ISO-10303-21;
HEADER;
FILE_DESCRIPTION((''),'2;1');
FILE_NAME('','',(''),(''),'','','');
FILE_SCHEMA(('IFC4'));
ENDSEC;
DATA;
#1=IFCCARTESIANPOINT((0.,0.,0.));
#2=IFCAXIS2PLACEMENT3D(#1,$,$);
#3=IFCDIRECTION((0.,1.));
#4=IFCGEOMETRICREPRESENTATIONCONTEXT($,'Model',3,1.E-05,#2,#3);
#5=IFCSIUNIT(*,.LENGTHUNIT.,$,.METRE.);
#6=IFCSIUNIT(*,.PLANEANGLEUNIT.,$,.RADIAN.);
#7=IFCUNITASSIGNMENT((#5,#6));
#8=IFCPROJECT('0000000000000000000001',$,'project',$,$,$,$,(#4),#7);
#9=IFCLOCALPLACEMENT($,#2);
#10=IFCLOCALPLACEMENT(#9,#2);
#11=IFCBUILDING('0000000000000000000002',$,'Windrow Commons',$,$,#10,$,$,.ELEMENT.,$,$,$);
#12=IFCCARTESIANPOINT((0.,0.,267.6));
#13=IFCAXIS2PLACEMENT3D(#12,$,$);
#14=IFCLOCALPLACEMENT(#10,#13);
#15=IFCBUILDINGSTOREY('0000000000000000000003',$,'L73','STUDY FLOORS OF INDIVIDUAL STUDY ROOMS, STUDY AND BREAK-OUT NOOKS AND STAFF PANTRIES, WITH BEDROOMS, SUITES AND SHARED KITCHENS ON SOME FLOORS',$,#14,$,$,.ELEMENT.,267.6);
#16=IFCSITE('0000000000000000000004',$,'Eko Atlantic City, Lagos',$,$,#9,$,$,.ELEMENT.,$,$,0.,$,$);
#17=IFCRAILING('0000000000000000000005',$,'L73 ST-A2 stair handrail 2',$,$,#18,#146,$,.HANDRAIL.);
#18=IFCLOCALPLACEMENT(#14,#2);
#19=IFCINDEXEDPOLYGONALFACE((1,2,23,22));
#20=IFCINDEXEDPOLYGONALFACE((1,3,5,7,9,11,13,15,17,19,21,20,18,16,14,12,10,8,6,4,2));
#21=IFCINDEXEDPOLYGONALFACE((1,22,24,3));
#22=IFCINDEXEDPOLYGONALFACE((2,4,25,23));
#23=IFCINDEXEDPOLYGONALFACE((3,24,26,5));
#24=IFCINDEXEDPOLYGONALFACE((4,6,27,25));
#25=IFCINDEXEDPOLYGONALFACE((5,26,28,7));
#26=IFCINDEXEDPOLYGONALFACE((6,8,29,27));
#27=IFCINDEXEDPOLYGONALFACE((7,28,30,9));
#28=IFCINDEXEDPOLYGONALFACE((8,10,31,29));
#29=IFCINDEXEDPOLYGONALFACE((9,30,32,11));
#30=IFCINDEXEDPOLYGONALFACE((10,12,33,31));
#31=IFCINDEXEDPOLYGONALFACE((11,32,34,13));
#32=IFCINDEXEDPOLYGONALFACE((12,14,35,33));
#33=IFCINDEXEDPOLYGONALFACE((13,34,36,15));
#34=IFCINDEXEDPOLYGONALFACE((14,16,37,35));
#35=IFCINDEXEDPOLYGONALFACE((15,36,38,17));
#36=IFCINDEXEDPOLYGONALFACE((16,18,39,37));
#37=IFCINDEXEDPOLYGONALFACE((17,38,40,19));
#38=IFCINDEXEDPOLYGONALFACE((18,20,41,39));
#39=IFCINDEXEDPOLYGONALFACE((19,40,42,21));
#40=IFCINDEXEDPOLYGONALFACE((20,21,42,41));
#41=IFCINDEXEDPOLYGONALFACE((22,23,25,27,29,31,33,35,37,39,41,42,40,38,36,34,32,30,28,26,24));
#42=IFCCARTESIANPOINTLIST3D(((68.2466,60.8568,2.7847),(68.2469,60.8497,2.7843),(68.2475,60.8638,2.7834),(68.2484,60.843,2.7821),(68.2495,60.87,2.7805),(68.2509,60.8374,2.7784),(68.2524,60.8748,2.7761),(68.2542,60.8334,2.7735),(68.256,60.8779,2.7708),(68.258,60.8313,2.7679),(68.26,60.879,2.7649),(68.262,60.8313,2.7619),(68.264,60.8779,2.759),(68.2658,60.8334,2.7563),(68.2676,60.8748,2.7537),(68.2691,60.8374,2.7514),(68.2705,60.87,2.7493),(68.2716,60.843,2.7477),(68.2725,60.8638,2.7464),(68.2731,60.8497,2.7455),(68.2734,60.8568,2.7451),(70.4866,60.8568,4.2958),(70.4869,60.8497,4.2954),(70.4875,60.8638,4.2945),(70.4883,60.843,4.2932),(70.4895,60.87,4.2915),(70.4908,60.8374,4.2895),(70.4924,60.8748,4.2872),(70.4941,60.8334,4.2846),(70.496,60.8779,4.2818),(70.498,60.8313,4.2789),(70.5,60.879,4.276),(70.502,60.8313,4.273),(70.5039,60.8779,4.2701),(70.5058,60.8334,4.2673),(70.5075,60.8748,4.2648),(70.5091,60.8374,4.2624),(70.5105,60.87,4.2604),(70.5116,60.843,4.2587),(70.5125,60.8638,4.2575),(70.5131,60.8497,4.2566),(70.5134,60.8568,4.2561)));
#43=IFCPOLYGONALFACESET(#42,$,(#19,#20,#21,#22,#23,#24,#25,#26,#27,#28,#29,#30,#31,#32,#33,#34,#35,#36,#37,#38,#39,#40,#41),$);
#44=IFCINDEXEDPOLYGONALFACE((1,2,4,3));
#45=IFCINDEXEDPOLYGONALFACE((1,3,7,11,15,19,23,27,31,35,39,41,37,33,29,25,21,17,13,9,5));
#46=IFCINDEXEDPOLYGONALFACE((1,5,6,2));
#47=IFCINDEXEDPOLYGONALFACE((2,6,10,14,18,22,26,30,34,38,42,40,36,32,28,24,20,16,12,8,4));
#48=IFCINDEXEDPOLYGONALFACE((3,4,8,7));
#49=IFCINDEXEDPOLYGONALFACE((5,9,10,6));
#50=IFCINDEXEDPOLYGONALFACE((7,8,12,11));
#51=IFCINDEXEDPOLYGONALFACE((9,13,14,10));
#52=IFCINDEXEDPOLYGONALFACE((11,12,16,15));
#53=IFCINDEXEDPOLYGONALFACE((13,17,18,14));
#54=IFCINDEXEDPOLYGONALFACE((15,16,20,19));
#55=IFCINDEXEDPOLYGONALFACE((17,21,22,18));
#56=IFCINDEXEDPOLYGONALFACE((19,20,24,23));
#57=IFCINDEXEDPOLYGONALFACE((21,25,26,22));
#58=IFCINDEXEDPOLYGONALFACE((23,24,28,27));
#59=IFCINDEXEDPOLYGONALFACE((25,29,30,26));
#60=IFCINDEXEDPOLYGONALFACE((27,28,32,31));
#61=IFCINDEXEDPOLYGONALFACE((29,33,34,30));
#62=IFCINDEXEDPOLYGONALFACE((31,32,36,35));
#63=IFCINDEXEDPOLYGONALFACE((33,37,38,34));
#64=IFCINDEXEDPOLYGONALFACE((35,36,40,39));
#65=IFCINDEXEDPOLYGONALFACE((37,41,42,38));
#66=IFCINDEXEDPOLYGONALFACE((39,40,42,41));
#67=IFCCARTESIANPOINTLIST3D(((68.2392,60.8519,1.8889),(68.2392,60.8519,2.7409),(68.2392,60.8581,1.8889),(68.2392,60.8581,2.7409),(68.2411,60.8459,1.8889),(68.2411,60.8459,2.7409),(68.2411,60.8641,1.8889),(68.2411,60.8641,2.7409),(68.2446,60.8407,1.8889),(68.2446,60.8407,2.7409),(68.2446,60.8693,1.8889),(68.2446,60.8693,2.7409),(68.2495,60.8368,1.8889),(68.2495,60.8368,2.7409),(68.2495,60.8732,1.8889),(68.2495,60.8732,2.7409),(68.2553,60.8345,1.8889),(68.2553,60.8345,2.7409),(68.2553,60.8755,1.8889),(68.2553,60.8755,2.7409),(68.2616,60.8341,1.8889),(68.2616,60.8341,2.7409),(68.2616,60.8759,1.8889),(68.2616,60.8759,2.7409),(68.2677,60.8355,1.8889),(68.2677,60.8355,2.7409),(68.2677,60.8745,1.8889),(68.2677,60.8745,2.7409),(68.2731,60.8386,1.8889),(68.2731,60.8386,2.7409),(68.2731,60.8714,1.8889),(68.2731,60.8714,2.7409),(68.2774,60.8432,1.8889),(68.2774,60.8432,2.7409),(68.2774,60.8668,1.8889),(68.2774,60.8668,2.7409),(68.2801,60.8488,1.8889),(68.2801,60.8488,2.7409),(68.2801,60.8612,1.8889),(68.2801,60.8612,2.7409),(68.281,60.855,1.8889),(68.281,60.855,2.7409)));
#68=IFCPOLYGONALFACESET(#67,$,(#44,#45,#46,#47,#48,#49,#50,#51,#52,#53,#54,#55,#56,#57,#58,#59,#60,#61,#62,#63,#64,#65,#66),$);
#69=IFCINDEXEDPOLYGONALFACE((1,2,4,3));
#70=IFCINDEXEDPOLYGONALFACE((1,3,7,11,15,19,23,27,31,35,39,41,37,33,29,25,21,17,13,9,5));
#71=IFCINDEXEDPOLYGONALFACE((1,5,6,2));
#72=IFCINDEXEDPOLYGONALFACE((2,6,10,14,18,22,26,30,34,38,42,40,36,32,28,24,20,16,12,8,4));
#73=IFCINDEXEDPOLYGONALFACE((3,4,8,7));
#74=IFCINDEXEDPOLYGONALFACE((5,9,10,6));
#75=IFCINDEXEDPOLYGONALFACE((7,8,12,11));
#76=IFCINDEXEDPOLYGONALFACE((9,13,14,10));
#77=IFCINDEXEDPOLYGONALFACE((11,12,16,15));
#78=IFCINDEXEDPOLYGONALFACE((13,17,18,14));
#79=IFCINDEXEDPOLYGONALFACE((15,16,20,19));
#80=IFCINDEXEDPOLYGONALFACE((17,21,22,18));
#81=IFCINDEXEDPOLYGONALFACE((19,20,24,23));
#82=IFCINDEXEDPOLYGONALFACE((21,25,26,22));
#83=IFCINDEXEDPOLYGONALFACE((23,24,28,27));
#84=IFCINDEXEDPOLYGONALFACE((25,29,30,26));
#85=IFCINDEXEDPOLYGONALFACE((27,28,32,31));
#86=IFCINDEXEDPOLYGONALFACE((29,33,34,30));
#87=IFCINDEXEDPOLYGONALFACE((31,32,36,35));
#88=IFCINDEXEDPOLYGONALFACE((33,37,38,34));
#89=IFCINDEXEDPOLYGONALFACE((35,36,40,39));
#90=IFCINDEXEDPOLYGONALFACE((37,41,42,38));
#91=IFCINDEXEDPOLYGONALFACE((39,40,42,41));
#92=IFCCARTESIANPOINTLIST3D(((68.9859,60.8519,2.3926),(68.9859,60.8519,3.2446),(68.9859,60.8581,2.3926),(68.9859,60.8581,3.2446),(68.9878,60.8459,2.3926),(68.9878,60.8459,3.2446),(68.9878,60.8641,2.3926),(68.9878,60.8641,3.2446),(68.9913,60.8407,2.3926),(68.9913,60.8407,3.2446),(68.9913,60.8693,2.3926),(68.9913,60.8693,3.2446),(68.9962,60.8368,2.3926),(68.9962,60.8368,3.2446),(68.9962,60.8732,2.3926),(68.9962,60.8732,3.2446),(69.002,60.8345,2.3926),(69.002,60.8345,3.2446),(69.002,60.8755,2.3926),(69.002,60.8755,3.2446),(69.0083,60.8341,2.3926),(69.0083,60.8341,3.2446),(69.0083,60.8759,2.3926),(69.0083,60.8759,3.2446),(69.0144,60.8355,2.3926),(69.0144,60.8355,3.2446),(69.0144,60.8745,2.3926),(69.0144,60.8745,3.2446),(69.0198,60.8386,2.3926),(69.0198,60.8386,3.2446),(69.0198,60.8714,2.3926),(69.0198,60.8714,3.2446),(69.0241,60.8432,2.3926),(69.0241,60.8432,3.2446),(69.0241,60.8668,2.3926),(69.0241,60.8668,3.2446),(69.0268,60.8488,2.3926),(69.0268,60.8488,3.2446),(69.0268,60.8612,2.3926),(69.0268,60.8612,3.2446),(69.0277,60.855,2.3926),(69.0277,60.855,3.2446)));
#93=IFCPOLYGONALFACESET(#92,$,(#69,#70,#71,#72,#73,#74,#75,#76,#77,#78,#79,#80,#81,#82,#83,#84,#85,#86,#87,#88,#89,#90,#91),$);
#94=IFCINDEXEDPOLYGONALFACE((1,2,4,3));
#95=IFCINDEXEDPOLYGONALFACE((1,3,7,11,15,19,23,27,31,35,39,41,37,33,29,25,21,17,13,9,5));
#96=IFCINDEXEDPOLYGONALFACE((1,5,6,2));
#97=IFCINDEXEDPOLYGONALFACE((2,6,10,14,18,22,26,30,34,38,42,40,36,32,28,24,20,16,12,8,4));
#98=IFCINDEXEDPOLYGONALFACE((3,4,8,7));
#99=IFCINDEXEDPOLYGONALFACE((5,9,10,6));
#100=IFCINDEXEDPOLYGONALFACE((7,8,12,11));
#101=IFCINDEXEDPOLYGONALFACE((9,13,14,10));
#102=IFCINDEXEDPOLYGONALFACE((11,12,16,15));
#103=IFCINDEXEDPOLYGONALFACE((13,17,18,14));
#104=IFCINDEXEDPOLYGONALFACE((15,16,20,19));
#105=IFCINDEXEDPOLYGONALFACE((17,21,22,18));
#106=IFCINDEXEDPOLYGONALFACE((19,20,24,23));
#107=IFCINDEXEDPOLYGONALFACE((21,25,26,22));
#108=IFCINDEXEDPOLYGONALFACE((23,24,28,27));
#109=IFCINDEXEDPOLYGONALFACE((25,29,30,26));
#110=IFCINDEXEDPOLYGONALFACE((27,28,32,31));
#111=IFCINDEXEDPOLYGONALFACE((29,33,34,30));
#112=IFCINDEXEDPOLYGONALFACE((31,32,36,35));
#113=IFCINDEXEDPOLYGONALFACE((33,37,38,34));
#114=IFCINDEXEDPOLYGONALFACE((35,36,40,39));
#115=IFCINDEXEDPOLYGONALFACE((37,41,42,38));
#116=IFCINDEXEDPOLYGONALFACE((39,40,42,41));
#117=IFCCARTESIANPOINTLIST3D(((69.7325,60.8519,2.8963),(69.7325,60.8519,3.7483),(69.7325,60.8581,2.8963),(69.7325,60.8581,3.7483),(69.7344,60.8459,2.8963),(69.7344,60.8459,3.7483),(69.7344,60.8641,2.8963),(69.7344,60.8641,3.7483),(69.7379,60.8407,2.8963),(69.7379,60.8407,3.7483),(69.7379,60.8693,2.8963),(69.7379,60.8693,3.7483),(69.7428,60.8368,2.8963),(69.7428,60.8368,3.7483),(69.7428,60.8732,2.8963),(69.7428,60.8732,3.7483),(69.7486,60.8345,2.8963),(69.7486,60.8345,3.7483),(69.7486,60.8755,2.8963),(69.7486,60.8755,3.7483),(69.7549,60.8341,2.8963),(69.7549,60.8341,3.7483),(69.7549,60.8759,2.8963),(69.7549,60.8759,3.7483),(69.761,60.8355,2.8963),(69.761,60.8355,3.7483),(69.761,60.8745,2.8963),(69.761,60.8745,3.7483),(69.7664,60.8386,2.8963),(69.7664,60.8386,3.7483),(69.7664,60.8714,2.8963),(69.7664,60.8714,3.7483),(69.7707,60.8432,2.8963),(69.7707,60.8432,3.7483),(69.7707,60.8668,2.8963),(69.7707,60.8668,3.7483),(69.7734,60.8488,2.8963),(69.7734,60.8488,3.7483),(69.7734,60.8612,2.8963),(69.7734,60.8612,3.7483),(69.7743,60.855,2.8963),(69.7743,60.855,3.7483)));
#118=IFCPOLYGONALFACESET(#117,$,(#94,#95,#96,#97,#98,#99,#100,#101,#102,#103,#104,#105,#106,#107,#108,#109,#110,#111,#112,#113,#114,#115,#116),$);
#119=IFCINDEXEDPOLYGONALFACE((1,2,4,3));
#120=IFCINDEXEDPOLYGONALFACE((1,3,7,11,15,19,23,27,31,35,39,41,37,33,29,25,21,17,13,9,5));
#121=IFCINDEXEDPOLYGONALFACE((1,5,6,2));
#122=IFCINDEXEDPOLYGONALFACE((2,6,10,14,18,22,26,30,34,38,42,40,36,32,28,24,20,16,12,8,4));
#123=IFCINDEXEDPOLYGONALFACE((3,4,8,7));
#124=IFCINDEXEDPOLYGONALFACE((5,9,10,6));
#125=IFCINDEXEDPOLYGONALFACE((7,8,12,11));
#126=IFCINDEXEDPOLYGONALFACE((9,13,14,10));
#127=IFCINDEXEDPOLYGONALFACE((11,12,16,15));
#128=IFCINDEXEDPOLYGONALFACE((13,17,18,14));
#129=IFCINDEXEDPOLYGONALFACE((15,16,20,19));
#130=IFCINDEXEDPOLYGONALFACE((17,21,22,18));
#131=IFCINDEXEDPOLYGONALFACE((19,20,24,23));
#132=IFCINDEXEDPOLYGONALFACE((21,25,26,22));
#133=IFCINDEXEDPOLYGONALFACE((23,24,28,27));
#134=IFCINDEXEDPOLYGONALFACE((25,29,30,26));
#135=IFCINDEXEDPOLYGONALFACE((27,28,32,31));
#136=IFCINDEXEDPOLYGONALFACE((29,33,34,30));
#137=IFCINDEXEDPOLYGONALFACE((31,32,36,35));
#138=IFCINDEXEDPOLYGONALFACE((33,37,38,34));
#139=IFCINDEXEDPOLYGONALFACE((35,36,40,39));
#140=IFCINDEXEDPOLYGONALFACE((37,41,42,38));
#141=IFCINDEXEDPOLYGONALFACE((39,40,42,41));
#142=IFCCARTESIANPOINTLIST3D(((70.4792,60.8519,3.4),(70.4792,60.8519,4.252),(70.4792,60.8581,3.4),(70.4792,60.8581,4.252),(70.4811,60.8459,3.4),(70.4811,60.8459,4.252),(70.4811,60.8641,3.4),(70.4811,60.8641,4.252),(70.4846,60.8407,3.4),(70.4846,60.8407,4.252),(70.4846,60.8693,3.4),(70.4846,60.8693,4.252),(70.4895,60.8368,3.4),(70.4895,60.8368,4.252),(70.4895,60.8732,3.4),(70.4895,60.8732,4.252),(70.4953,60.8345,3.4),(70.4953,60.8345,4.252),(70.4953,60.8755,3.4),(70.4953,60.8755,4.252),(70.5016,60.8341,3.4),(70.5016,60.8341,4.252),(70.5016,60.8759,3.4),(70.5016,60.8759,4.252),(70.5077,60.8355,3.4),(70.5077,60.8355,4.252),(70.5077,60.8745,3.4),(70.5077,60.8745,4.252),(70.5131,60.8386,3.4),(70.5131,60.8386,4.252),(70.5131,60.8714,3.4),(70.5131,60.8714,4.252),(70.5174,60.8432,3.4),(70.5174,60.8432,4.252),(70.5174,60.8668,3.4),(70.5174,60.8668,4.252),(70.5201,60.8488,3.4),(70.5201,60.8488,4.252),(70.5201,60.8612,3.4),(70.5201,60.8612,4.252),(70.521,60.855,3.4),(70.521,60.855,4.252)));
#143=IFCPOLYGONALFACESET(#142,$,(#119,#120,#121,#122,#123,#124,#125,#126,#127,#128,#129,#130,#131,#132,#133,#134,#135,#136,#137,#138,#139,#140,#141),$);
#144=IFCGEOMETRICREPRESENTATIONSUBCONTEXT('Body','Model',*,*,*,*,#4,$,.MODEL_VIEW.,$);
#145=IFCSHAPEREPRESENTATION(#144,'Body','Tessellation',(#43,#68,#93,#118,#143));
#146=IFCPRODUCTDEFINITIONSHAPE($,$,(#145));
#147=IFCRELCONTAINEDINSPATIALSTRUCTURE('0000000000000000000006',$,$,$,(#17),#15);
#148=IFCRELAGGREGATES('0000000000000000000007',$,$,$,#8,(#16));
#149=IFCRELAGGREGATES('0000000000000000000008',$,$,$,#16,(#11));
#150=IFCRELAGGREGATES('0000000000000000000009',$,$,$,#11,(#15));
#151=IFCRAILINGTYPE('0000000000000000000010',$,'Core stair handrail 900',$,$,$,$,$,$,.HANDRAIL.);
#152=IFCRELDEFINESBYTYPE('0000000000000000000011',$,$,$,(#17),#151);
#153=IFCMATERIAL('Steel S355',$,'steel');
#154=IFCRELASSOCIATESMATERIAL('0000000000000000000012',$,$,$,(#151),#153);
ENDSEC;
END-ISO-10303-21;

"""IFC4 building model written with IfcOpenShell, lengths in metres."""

from ifc_helpers import new_model, si_unit, direction, frame, origin, origin_2d, place, context, subcontext, project, spatial, circle, extrude, material, type_object, element, save


model = new_model("IFC4")

# Units and contexts
model_context = context("Model", 3, precision=1e-05, world=origin(), true_north=direction((0.0, 1.0)))
body_context = subcontext(model_context, "Body", "Model", "MODEL_VIEW")
ifc_project = project(units=[si_unit("LENGTHUNIT", "METRE"), si_unit("PLANEANGLEUNIT", "RADIAN")], contexts=[model_context])

# Site, building, storey
site_placement = place(None, origin())
site = spatial("IfcSite", under=ifc_project, at=site_placement, Name="Eko Atlantic City, Lagos", CompositionType="ELEMENT", RefElevation=0.0)
building_placement = place(site_placement, origin())
building = spatial("IfcBuilding", under=site, at=building_placement, Name="Windrow Commons", CompositionType="ELEMENT")
storey_placement = place(building_placement, frame((0.0, 0.0, 267.6)))
storey = spatial("IfcBuildingStorey", under=building, at=storey_placement, Name="L73", Description="STUDY FLOORS OF INDIVIDUAL STUDY ROOMS, STUDY AND BREAK-OUT NOOKS AND STAFF PANTRIES, WITH BEDROOMS, SUITES AND SHARED KITCHENS ON SOME FLOORS", CompositionType="ELEMENT", Elevation=267.6)

# Railing
ifc_material_1 = material(Name="Steel S355", Category="steel")
railing_type_1 = type_object("IfcRailingType", Name="Core stair handrail 900", PredefinedType="HANDRAIL", material=ifc_material_1)
railing_1_placement = place(storey_placement, frame((68.26, 60.855, 1.8889)))
element("IfcRailing", 1, at=railing_1_placement, inside=storey, type_object=railing_type_1, Name="L73 ST-A2 stair handrail 2", PredefinedType="HANDRAIL", context=body_context, shape_type="SweptSolid", body=[
    extrude(circle(Radius=0.024, at=origin_2d()), frame((0.0, 0.0, 0.876), z_axis=(0.829003, 0.0, 0.559244), x_axis=(0.0, 1.0, 0.0)), (0.0, 0.0, 1.0), 2.702),
    extrude(circle(Radius=0.021, at=origin_2d()), origin(), (0.0, 0.0, 1.0), 0.852),
    extrude(circle(Radius=0.021, at=origin_2d()), frame((0.7467, 0.0, 0.5037)), (0.0, 0.0, 1.0), 0.852),
    extrude(circle(Radius=0.021, at=origin_2d()), frame((1.4933, 0.0, 1.0074)), (0.0, 0.0, 1.0), 0.852),
    extrude(circle(Radius=0.021, at=origin_2d()), frame((2.24, 0.0, 1.5111)), (0.0, 0.0, 1.0), 0.852),
])

save(model, "model.ifc")
